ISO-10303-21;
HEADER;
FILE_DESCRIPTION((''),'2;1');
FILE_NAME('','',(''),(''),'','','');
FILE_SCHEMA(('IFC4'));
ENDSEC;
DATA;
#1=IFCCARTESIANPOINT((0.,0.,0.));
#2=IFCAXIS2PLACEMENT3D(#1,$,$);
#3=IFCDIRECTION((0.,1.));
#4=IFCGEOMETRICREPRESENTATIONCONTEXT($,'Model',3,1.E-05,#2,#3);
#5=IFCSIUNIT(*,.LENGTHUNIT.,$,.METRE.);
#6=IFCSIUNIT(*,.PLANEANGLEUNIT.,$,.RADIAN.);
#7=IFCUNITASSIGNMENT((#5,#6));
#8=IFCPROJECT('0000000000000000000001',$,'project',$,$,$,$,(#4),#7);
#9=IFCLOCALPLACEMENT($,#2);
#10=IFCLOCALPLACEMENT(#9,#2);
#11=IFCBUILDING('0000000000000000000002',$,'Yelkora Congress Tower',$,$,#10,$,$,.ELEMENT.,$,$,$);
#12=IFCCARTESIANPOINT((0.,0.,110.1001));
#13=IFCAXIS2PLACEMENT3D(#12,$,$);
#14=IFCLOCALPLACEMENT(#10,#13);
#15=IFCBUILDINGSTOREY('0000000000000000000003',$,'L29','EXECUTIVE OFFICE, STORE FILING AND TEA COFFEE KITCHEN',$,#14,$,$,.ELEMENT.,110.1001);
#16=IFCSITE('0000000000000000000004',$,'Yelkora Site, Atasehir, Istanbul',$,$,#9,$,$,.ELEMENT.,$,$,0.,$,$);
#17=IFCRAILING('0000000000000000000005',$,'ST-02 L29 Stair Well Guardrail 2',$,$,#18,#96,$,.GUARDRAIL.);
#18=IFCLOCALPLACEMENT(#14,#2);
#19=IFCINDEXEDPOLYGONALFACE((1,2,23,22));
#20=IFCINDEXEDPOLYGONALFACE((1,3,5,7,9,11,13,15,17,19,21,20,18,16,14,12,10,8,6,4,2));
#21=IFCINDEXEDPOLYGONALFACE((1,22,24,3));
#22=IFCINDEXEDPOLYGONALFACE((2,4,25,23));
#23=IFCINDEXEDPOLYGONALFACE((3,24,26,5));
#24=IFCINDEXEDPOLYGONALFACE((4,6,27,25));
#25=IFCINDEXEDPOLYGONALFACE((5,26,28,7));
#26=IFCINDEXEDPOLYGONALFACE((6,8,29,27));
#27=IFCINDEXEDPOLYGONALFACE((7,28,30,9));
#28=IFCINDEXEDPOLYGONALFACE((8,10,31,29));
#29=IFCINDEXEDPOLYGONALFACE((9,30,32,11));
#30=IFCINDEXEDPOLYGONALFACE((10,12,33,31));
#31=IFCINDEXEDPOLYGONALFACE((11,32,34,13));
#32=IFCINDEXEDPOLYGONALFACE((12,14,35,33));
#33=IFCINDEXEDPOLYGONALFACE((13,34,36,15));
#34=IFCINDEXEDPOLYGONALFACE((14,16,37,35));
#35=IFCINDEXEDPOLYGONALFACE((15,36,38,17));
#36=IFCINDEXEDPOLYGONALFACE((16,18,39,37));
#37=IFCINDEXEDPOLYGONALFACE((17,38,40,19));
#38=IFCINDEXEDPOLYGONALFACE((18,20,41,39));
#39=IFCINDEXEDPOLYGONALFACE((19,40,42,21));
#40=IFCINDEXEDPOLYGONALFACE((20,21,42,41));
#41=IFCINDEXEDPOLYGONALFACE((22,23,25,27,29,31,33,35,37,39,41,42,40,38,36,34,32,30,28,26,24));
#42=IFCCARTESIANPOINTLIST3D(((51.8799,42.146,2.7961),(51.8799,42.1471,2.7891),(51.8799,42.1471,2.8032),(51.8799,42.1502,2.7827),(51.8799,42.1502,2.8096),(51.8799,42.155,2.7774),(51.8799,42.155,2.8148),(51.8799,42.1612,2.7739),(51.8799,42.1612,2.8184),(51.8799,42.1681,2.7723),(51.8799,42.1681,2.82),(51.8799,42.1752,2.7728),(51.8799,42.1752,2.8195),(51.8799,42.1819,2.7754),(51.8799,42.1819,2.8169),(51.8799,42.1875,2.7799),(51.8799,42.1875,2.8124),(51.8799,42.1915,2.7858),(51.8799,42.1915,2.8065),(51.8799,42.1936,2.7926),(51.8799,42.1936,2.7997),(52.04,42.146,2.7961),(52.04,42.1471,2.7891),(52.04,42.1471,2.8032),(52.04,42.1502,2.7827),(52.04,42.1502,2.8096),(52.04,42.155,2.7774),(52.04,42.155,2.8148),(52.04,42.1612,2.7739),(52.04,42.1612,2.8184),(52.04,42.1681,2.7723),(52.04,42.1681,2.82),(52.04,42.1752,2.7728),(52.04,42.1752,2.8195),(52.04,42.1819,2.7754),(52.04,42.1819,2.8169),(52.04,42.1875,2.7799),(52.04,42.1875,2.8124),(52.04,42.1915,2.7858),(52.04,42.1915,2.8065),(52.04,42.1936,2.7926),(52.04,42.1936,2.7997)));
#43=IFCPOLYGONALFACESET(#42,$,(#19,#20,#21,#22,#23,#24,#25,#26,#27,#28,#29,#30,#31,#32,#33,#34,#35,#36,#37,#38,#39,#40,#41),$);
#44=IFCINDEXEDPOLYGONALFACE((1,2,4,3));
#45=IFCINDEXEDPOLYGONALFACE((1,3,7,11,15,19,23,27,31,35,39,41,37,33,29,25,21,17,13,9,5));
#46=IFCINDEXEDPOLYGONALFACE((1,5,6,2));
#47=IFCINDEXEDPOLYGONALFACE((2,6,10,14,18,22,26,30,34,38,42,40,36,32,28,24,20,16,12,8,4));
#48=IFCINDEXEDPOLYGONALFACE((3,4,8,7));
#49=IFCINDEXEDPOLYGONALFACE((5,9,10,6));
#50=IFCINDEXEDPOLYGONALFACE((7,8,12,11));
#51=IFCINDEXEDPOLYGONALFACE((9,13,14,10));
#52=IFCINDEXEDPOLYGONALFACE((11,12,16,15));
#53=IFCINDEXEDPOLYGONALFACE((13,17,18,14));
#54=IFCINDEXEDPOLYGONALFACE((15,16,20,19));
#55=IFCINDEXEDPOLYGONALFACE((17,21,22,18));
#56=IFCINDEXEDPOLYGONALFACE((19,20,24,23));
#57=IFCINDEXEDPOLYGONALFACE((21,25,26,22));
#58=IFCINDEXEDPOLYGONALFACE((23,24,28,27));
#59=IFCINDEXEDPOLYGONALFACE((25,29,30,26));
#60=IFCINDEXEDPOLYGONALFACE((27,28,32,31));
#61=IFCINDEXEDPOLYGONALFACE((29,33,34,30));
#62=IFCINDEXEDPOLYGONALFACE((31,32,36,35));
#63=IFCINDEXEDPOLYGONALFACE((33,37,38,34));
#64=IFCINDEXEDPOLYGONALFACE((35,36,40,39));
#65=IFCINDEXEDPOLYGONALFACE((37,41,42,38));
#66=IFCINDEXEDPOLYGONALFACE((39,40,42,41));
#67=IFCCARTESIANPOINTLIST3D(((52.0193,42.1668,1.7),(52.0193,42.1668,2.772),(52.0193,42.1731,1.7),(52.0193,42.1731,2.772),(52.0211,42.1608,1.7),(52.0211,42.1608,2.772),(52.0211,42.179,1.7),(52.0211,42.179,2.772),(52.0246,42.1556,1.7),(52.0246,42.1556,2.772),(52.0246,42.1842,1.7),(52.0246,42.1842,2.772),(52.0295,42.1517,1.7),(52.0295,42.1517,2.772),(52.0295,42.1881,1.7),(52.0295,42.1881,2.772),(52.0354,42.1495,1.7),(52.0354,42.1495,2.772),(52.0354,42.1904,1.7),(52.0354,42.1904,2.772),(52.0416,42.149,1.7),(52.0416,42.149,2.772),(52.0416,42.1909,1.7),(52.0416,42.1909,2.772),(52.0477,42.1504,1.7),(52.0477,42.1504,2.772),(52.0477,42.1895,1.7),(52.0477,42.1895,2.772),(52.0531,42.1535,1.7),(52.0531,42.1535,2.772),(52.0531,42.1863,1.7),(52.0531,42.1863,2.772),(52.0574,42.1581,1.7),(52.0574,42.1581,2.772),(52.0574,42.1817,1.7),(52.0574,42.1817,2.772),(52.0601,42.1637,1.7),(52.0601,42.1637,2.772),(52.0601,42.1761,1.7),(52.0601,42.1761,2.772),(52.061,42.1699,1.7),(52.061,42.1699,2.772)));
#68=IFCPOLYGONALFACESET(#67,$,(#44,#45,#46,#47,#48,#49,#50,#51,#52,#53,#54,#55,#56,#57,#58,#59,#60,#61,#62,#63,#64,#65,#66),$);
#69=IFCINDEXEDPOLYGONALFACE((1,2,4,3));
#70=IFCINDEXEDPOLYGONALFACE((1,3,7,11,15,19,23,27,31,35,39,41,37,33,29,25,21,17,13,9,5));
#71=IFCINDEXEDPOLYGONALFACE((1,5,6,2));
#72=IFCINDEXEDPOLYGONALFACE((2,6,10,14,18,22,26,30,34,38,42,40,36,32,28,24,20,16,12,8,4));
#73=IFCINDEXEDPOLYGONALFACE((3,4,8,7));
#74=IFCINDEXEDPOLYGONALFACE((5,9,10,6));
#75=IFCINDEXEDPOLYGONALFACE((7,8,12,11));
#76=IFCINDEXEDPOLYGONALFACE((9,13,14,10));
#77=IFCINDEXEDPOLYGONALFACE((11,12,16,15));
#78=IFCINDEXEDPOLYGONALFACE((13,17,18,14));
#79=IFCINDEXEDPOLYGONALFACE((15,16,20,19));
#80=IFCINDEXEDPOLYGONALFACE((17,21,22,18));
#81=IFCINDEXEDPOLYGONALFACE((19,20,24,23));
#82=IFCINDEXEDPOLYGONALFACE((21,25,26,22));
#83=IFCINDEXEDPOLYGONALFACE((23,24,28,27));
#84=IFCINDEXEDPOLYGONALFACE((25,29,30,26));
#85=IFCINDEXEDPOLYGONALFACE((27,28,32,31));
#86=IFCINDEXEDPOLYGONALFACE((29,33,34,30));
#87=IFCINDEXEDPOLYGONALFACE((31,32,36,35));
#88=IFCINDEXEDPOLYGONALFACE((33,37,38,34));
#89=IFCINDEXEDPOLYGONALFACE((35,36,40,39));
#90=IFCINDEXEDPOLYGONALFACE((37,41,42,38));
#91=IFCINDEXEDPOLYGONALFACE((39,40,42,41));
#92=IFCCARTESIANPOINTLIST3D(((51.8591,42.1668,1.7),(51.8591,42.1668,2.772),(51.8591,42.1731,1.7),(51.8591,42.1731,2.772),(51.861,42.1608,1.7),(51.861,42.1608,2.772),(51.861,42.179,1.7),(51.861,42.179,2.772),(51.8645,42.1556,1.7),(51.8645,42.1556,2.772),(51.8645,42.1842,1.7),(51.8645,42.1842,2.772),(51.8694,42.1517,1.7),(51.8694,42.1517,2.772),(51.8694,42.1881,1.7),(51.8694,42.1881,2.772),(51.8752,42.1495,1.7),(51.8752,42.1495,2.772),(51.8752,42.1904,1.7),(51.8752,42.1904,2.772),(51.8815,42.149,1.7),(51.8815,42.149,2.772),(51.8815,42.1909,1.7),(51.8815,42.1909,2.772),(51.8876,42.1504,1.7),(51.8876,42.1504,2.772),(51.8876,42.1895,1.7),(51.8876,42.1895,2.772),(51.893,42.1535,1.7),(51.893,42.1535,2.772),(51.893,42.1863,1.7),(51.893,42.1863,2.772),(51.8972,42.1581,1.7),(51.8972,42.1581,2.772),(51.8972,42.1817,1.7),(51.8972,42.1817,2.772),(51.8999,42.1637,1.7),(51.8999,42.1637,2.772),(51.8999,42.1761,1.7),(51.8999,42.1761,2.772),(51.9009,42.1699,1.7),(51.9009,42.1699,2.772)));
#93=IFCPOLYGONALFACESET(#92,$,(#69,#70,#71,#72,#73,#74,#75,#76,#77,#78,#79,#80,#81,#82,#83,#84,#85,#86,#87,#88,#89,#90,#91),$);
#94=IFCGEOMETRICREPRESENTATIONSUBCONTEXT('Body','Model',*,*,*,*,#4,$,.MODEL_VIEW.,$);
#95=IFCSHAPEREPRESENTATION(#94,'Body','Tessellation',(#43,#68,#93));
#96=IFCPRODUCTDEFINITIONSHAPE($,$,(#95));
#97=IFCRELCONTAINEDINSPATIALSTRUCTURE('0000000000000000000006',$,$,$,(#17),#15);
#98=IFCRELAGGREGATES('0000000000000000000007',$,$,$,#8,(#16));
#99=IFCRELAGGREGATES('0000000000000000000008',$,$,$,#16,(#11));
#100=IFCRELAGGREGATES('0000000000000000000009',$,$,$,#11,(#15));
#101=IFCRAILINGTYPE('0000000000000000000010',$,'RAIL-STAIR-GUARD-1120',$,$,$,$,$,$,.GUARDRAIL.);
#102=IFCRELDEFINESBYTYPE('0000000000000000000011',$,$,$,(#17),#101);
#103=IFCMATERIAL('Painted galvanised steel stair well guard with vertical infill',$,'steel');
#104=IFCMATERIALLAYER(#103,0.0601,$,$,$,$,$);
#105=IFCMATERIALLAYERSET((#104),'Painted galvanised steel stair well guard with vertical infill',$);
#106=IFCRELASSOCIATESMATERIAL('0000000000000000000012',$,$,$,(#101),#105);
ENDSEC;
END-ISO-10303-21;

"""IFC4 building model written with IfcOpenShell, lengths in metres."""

from ifc_helpers import new_model, si_unit, direction, frame, origin, origin_2d, place, context, subcontext, project, spatial, circle, extrude, material, layer, layer_set, type_object, element, save


model = new_model("IFC4")

# Units and contexts
model_context = context("Model", 3, precision=1e-05, world=origin(), true_north=direction((0.0, 1.0)))
body_context = subcontext(model_context, "Body", "Model", "MODEL_VIEW")
ifc_project = project(units=[si_unit("LENGTHUNIT", "METRE"), si_unit("PLANEANGLEUNIT", "RADIAN")], contexts=[model_context])

# Site, building, storey
site_placement = place(None, origin())
site = spatial("IfcSite", under=ifc_project, at=site_placement, Name="Yelkora Site, Atasehir, Istanbul", CompositionType="ELEMENT", RefElevation=0.0)
building_placement = place(site_placement, origin())
building = spatial("IfcBuilding", under=site, at=building_placement, Name="Yelkora Congress Tower", CompositionType="ELEMENT")
storey_placement = place(building_placement, frame((0.0, 0.0, 110.1001)))
storey = spatial("IfcBuildingStorey", under=building, at=storey_placement, Name="L29", Description="EXECUTIVE OFFICE, STORE FILING AND TEA COFFEE KITCHEN", CompositionType="ELEMENT", Elevation=110.1001)

# Railing
ifc_material_1 = material(Name="Painted galvanised steel stair well guard with vertical infill", Category="steel")
ifc_layer_1 = layer(ifc_material_1, 0.0601)
ifc_layer_set_1 = layer_set([ifc_layer_1], Name="Painted galvanised steel stair well guard with vertical infill")
railing_type_1 = type_object("IfcRailingType", Name="RAIL-STAIR-GUARD-1120", PredefinedType="GUARDRAIL", material=ifc_layer_set_1)
railing_1_placement = place(storey_placement, frame((52.04, 42.1699, 1.7)))
element("IfcRailing", 1, at=railing_1_placement, inside=storey, type_object=railing_type_1, Name="ST-02 L29 Stair Well Guardrail 2", PredefinedType="GUARDRAIL", context=body_context, shape_type="SweptSolid", body=[
    extrude(circle(Radius=0.0239, at=origin_2d()), frame((0.0, 0.0, 1.0962), z_axis=(-1.0, 0.0, 0.0), x_axis=(0.0, -1.0, 0.0)), (0.0, 0.0, 1.0), 0.1602),
    extrude(circle(Radius=0.021, at=origin_2d()), origin(), (0.0, 0.0, 1.0), 1.072),
    extrude(circle(Radius=0.021, at=origin_2d()), frame((-0.1602, 0.0, 0.0)), (0.0, 0.0, 1.0), 1.072),
])

save(model, "model.ifc")
